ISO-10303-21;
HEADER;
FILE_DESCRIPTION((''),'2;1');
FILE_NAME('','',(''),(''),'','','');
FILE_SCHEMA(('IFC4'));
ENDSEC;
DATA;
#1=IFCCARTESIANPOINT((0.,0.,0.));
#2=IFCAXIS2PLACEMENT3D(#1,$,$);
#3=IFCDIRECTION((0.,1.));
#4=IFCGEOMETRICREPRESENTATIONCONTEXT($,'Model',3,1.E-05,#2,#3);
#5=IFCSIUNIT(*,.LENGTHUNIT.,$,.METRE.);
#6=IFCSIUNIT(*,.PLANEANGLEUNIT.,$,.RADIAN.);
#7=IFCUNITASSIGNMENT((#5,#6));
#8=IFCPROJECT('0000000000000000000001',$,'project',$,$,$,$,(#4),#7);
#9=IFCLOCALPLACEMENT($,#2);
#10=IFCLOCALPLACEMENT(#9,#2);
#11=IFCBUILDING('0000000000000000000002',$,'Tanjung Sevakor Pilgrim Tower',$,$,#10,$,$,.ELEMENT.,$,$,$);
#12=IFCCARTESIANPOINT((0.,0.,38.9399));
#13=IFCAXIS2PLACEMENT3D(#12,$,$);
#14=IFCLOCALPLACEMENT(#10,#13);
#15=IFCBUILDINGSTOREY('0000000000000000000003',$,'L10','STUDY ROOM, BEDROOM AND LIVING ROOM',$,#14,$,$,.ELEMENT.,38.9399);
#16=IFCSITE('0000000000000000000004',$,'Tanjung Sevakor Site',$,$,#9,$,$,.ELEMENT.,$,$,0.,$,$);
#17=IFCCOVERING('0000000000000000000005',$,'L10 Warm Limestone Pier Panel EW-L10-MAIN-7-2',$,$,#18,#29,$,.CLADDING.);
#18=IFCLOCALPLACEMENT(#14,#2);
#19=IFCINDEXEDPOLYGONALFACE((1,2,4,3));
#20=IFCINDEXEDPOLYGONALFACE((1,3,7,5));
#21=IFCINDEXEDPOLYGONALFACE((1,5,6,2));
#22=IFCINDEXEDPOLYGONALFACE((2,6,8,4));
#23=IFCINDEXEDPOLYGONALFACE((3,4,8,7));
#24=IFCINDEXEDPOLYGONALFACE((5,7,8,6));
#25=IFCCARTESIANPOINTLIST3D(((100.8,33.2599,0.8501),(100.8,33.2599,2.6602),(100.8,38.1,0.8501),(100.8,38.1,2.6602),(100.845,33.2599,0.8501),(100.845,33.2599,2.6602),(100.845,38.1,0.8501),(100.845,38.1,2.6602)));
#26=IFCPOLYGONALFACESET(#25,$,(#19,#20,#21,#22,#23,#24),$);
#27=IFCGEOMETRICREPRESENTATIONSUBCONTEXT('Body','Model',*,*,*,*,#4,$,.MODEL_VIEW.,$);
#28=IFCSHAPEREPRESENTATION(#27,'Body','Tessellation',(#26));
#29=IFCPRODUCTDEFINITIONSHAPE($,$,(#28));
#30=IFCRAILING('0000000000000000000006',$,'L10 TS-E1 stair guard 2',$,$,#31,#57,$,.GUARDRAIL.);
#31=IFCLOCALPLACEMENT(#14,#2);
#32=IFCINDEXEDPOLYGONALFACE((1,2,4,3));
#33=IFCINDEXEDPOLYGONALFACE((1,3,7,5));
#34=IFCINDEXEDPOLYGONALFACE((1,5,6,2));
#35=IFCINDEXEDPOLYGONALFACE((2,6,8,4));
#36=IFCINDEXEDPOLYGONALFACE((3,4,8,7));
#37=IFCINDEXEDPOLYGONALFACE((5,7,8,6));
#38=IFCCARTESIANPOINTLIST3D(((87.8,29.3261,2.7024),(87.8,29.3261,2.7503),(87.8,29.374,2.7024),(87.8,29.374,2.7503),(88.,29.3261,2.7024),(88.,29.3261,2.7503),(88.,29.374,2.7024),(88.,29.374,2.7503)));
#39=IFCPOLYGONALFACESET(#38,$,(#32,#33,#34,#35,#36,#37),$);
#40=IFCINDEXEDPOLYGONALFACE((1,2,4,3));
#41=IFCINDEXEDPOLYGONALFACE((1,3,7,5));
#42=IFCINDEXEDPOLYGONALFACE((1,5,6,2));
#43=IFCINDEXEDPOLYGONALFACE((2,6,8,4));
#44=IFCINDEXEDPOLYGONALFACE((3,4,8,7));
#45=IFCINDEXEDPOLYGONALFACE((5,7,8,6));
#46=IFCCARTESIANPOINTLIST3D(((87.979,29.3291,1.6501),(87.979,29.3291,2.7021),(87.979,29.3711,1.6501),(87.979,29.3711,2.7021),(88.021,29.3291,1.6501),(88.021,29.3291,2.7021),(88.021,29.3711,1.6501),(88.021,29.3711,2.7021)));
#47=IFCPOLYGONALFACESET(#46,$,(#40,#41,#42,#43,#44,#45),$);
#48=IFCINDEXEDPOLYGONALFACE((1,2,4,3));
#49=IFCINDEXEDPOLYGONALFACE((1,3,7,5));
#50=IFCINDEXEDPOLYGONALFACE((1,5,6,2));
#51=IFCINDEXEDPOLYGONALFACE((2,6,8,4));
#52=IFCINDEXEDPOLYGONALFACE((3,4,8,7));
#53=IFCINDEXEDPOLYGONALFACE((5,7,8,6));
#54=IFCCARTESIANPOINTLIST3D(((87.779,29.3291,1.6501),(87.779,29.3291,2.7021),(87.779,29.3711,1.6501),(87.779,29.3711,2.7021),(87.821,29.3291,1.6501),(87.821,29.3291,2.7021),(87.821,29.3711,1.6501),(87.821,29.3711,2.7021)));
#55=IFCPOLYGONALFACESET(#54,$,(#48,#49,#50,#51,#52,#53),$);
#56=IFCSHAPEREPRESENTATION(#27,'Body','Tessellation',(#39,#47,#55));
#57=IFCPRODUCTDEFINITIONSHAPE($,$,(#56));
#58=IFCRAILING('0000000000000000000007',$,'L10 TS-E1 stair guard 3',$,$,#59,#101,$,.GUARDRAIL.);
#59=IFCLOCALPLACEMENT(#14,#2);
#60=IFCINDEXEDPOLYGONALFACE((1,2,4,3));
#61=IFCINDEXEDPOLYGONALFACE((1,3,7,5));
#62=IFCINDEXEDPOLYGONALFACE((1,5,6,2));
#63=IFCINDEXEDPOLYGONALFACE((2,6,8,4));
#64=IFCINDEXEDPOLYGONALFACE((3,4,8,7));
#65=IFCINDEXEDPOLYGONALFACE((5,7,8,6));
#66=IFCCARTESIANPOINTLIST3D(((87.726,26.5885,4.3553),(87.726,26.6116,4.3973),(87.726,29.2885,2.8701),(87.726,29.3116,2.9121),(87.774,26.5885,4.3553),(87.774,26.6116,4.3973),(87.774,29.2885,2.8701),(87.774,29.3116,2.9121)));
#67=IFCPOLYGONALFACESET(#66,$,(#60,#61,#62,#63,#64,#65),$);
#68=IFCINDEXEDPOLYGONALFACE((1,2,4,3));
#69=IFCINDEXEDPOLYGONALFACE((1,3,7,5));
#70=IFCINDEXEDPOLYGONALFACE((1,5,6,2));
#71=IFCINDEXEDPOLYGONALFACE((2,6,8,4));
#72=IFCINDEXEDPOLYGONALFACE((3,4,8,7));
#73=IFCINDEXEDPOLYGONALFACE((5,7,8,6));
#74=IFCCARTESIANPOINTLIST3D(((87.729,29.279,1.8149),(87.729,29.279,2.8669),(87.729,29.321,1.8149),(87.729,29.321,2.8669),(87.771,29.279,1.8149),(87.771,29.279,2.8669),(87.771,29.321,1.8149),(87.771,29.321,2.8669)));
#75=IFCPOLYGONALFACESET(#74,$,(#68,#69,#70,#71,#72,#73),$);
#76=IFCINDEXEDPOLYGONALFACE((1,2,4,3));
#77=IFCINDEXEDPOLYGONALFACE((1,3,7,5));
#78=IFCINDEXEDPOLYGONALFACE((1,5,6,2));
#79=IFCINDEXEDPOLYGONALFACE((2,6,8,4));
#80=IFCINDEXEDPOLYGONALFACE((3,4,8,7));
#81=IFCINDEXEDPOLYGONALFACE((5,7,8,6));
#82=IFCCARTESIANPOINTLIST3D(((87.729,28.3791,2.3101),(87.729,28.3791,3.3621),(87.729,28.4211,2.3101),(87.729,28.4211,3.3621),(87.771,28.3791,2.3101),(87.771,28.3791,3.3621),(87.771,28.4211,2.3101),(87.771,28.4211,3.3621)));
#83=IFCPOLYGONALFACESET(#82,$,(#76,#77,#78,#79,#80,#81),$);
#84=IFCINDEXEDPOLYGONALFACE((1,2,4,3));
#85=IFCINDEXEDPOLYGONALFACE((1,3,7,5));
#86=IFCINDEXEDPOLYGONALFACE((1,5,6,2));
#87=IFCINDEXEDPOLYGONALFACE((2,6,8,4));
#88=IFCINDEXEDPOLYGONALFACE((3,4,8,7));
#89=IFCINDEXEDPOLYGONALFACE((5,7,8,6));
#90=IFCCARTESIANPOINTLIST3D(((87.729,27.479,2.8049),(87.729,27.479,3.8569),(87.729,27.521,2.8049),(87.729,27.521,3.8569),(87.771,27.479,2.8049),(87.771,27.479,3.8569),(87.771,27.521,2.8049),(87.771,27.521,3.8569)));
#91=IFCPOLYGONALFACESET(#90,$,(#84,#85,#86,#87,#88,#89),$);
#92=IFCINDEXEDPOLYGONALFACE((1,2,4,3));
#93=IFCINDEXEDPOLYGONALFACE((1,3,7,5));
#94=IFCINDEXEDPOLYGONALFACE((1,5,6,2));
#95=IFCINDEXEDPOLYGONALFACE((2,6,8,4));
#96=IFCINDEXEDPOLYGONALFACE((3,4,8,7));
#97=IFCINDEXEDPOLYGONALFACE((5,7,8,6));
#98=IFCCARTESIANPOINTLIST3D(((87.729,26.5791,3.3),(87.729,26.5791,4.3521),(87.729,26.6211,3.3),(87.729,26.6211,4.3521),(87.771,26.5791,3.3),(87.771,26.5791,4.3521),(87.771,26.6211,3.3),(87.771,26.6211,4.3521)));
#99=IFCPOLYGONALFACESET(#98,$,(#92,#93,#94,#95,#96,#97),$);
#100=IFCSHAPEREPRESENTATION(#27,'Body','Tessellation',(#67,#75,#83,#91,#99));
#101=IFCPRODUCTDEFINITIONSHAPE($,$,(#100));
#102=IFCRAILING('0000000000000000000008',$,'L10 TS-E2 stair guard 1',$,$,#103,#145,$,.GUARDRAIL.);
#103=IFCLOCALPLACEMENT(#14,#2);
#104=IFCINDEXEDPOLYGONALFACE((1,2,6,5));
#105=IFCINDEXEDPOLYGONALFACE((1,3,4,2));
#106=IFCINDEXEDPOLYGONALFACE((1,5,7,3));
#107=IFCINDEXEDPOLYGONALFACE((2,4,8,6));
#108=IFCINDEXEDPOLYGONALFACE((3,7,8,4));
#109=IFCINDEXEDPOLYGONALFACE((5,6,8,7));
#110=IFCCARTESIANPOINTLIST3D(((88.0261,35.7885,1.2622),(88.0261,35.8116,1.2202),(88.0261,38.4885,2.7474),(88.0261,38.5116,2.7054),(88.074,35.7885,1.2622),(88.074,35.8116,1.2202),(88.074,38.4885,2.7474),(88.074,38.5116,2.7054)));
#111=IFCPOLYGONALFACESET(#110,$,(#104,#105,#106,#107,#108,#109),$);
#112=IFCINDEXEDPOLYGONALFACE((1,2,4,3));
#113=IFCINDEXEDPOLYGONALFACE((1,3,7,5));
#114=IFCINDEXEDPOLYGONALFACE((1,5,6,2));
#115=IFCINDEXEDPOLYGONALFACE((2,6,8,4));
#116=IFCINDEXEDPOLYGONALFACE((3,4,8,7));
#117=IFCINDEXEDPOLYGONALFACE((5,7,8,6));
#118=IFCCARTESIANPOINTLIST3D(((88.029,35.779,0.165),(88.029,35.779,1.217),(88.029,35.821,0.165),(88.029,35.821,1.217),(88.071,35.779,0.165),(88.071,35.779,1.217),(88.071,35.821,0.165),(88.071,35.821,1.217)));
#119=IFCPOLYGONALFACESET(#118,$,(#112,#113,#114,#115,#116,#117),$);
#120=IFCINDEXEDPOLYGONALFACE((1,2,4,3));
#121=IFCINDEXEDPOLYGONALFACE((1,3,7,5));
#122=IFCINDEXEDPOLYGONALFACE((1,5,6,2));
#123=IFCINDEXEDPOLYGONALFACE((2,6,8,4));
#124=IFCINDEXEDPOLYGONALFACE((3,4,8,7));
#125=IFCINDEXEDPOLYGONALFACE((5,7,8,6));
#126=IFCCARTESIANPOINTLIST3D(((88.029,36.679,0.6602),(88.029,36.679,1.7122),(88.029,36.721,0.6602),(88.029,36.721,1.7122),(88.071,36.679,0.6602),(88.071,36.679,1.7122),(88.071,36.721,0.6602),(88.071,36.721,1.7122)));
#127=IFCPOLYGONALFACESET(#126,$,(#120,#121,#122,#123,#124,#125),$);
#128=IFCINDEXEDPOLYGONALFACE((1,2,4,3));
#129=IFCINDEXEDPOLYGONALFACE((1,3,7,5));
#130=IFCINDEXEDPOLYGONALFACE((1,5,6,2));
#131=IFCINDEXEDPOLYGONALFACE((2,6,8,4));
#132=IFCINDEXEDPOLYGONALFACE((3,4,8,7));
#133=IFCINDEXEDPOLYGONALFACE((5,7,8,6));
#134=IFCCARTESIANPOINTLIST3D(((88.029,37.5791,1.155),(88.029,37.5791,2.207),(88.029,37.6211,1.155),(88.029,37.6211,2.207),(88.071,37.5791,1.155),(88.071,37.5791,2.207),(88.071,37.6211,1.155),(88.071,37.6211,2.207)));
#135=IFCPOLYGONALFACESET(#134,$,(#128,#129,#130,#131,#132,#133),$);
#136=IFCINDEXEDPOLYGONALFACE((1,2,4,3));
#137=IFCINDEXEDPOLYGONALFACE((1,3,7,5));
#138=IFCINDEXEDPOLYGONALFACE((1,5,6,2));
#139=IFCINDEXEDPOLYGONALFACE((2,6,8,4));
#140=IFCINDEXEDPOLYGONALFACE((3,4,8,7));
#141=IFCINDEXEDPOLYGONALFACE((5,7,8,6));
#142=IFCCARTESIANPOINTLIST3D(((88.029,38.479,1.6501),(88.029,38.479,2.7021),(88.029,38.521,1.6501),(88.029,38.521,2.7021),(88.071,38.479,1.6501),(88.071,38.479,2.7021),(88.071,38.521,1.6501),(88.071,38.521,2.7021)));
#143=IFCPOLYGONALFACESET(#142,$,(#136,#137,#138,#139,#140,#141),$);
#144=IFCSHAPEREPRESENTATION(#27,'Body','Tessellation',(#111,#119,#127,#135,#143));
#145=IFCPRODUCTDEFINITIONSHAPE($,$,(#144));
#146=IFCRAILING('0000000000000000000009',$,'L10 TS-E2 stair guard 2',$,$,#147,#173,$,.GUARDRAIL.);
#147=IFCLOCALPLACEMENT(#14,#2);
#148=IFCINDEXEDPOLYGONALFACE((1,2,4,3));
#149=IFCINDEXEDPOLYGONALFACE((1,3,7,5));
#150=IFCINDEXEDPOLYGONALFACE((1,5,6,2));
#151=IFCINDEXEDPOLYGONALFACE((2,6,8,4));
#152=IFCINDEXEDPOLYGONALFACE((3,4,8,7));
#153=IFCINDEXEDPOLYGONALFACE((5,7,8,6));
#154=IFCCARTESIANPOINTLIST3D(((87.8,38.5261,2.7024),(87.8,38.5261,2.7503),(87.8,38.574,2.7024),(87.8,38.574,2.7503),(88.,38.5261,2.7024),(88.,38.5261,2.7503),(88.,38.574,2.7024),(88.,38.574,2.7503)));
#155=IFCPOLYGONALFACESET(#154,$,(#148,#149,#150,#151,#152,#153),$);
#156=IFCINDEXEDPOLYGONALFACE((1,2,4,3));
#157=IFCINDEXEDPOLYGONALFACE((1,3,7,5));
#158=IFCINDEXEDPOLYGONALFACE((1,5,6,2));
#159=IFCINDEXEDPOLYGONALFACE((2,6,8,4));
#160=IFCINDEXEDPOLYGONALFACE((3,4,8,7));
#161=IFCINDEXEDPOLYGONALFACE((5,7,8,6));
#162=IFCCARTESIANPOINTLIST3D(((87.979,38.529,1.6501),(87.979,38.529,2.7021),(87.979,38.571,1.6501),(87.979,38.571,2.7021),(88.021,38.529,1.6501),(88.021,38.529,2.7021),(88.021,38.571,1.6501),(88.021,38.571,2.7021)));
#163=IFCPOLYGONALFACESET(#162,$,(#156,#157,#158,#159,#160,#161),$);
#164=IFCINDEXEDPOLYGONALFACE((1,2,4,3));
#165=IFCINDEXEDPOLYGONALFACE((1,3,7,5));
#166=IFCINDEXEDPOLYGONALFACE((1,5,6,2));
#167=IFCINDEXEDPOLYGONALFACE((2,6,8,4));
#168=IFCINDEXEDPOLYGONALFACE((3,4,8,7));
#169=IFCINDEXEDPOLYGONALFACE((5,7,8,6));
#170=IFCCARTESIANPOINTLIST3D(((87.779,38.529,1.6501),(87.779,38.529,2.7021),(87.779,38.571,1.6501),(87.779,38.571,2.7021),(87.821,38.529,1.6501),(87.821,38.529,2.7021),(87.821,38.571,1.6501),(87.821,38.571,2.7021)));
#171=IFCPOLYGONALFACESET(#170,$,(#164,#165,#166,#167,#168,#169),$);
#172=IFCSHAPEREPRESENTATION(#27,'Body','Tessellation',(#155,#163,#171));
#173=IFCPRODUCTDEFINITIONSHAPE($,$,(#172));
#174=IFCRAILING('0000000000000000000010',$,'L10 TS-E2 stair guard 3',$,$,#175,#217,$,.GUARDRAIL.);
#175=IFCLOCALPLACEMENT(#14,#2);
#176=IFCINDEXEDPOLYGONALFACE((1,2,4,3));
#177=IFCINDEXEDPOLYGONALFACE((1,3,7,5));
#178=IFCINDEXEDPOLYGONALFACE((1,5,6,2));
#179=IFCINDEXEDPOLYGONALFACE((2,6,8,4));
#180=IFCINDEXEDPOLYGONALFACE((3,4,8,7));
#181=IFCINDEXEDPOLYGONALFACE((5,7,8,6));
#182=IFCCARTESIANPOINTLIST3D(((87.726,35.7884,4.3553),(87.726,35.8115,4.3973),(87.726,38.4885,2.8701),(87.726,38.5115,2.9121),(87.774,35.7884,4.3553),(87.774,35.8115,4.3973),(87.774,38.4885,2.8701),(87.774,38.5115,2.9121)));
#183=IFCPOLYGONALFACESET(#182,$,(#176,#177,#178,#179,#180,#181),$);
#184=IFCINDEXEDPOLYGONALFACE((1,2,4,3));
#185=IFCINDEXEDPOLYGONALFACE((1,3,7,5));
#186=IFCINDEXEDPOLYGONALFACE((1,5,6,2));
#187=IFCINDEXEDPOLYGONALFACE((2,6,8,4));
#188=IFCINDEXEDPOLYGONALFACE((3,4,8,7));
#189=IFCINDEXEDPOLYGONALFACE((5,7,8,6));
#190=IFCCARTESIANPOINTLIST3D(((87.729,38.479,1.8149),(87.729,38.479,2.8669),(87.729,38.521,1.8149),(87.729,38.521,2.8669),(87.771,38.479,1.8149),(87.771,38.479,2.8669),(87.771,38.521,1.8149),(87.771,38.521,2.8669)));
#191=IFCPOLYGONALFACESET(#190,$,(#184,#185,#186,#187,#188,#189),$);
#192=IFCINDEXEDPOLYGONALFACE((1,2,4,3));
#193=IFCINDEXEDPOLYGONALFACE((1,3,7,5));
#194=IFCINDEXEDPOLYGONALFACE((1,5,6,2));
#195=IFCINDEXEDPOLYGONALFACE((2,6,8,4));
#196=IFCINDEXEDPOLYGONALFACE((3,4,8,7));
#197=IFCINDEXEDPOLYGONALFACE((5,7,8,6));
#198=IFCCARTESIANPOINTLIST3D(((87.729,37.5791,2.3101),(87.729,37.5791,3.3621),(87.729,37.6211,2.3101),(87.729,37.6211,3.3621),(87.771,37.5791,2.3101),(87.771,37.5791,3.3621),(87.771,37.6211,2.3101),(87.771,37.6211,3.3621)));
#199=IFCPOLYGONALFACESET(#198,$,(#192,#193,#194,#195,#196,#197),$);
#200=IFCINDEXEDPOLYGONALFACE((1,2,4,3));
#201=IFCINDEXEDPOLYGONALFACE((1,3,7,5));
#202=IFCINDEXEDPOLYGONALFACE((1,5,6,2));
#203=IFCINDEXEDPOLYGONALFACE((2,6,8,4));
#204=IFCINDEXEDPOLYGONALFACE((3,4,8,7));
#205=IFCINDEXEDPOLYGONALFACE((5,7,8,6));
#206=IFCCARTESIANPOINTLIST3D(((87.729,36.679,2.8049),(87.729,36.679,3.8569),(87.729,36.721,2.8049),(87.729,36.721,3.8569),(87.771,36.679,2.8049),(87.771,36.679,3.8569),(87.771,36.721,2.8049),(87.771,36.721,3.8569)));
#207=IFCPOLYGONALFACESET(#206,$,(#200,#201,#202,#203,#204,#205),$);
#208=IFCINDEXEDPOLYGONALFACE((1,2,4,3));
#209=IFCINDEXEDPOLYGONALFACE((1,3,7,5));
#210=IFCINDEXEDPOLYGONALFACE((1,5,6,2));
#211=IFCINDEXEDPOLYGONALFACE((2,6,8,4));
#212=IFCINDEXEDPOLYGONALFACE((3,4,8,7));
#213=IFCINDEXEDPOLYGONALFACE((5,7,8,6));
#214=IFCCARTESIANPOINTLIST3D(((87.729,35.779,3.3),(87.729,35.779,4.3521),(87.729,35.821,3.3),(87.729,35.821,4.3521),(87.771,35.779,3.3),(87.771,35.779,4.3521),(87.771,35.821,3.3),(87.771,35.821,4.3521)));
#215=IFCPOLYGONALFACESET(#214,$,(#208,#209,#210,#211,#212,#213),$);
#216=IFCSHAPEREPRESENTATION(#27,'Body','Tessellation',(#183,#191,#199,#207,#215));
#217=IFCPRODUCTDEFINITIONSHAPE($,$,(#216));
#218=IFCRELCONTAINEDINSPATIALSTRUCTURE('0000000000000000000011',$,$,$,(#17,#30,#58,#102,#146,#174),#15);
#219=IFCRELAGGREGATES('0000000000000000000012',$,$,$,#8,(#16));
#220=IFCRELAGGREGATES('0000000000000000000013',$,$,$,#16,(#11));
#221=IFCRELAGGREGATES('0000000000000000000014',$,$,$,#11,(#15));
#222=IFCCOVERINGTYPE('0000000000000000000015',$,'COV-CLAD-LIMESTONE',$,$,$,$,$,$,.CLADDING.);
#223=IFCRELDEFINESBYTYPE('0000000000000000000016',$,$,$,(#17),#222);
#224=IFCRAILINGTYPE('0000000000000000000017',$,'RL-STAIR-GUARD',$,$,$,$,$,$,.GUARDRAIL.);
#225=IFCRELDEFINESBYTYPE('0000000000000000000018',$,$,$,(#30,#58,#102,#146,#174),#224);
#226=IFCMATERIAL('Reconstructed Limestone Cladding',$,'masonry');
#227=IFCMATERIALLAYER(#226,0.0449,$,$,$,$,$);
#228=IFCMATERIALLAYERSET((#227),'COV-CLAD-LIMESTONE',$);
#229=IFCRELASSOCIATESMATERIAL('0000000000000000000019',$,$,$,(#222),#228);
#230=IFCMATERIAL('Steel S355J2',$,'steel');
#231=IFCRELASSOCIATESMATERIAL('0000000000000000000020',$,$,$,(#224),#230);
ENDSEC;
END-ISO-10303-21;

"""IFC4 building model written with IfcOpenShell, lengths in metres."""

from ifc_helpers import new_model, si_unit, direction, frame, origin, origin_2d, place, context, subcontext, project, spatial, rectangle, extrude, material, layer, layer_set, type_object, element, save


model = new_model("IFC4")

# Units and contexts
model_context = context("Model", 3, precision=1e-05, world=origin(), true_north=direction((0.0, 1.0)))
body_context = subcontext(model_context, "Body", "Model", "MODEL_VIEW")
ifc_project = project(units=[si_unit("LENGTHUNIT", "METRE"), si_unit("PLANEANGLEUNIT", "RADIAN")], contexts=[model_context])

# Site, building, storey
site_placement = place(None, origin())
site = spatial("IfcSite", under=ifc_project, at=site_placement, Name="Tanjung Sevakor Site", CompositionType="ELEMENT", RefElevation=0.0)
building_placement = place(site_placement, origin())
building = spatial("IfcBuilding", under=site, at=building_placement, Name="Tanjung Sevakor Pilgrim Tower", CompositionType="ELEMENT")
storey_placement = place(building_placement, frame((0.0, 0.0, 38.9399)))
storey = spatial("IfcBuildingStorey", under=building, at=storey_placement, Name="L10", Description="STUDY ROOM, BEDROOM AND LIVING ROOM", CompositionType="ELEMENT", Elevation=38.9399)

# Covering
ifc_material_1 = material(Name="Reconstructed Limestone Cladding", Category="masonry")
ifc_layer_1 = layer(ifc_material_1, 0.0449)
ifc_layer_set_1 = layer_set([ifc_layer_1], Name="COV-CLAD-LIMESTONE")
covering_type = type_object("IfcCoveringType", Name="COV-CLAD-LIMESTONE", PredefinedType="CLADDING", material=ifc_layer_set_1)
covering_1_placement = place(storey_placement, frame((100.8225, 35.6799, 0.8501), z_axis=(0.0, 0.0, 1.0), x_axis=(0.0, 1.0, 0.0)))
element("IfcCovering", 1, at=covering_1_placement, inside=storey, type_object=covering_type, Name="L10 Warm Limestone Pier Panel EW-L10-MAIN-7-2", PredefinedType="CLADDING", context=body_context, shape_type="SweptSolid", body=[
    extrude(rectangle(XDim=4.8401, YDim=0.0449, at=origin_2d()), origin(), (0.0, 0.0, 1.0), 1.8101),
])

# Railings
ifc_material_2 = material(Name="Steel S355J2", Category="steel")
railing_type_1 = type_object("IfcRailingType", Name="RL-STAIR-GUARD", PredefinedType="GUARDRAIL", material=ifc_material_2)
railing_1_placement = place(storey_placement, frame((88.0, 29.3501, 1.6501)))
element("IfcRailing", 2, at=railing_1_placement, inside=storey, type_object=railing_type_1, Name="L10 TS-E1 stair guard 2", PredefinedType="GUARDRAIL", context=body_context, shape_type="SweptSolid", body=[
    extrude(rectangle(XDim=0.0479, YDim=0.0479), frame((0.0, 0.0, 1.0762), z_axis=(-1.0, 0.0, 0.0), x_axis=(0.0, -1.0, 0.0)), (0.0, 0.0, 1.0), 0.2),
    extrude(rectangle(XDim=0.042, YDim=0.042), origin(), (0.0, 0.0, 1.0), 1.052),
    extrude(rectangle(XDim=0.042, YDim=0.042), frame((-0.2, 0.0, 0.0)), (0.0, 0.0, 1.0), 1.052),
])
railing_2_placement = place(storey_placement, frame((87.75, 29.3, 1.8149)))
element("IfcRailing", 3, at=railing_2_placement, inside=storey, type_object=railing_type_1, Name="L10 TS-E1 stair guard 3", PredefinedType="GUARDRAIL", context=body_context, shape_type="SweptSolid", body=[
    extrude(rectangle(XDim=0.0479, YDim=0.0479), frame((0.0, 0.0, 1.0762), z_axis=(0.0, -0.876198, 0.481952), x_axis=(1.0, 0.0, 0.0)), (0.0, 0.0, 1.0), 3.0815),
    extrude(rectangle(XDim=0.042, YDim=0.042), origin(), (0.0, 0.0, 1.0), 1.052),
    extrude(rectangle(XDim=0.042, YDim=0.042), frame((0.0, -0.8999, 0.4951)), (0.0, 0.0, 1.0), 1.052),
    extrude(rectangle(XDim=0.042, YDim=0.042), frame((0.0, -1.8, 0.99)), (0.0, 0.0, 1.0), 1.052),
    extrude(rectangle(XDim=0.042, YDim=0.042), frame((0.0, -2.7, 1.4851)), (0.0, 0.0, 1.0), 1.052),
])
railing_3_placement = place(storey_placement, frame((88.05, 35.8, 0.165)))
element("IfcRailing", 4, at=railing_3_placement, inside=storey, type_object=railing_type_1, Name="L10 TS-E2 stair guard 1", PredefinedType="GUARDRAIL", context=body_context, shape_type="SweptSolid", body=[
    extrude(rectangle(XDim=0.0479, YDim=0.0479), frame((0.0, 0.0, 1.0762), z_axis=(0.0, 0.876198, 0.481952), x_axis=(-1.0, 0.0, 0.0)), (0.0, 0.0, 1.0), 3.0815),
    extrude(rectangle(XDim=0.042, YDim=0.042), origin(), (0.0, 0.0, 1.0), 1.052),
    extrude(rectangle(XDim=0.042, YDim=0.042), frame((0.0, 0.8999, 0.4951)), (0.0, 0.0, 1.0), 1.052),
    extrude(rectangle(XDim=0.042, YDim=0.042), frame((0.0, 1.8, 0.99)), (0.0, 0.0, 1.0), 1.052),
    extrude(rectangle(XDim=0.042, YDim=0.042), frame((0.0, 2.7, 1.4851)), (0.0, 0.0, 1.0), 1.052),
])
railing_4_placement = place(storey_placement, frame((88.0, 38.55, 1.6501)))
element("IfcRailing", 5, at=railing_4_placement, inside=storey, type_object=railing_type_1, Name="L10 TS-E2 stair guard 2", PredefinedType="GUARDRAIL", context=body_context, shape_type="SweptSolid", body=[
    extrude(rectangle(XDim=0.0479, YDim=0.0479), frame((0.0, 0.0, 1.0762), z_axis=(-1.0, 0.0, 0.0), x_axis=(0.0, -1.0, 0.0)), (0.0, 0.0, 1.0), 0.2),
    extrude(rectangle(XDim=0.042, YDim=0.042), origin(), (0.0, 0.0, 1.0), 1.052),
    extrude(rectangle(XDim=0.042, YDim=0.042), frame((-0.2, 0.0, 0.0)), (0.0, 0.0, 1.0), 1.052),
])
railing_5_placement = place(storey_placement, frame((87.75, 38.5, 1.8149)))
element("IfcRailing", 6, at=railing_5_placement, inside=storey, type_object=railing_type_1, Name="L10 TS-E2 stair guard 3", PredefinedType="GUARDRAIL", context=body_context, shape_type="SweptSolid", body=[
    extrude(rectangle(XDim=0.0479, YDim=0.0479), frame((0.0, 0.0, 1.0762), z_axis=(0.0, -0.876198, 0.481952), x_axis=(1.0, 0.0, 0.0)), (0.0, 0.0, 1.0), 3.0815),
    extrude(rectangle(XDim=0.042, YDim=0.042), origin(), (0.0, 0.0, 1.0), 1.052),
    extrude(rectangle(XDim=0.042, YDim=0.042), frame((0.0, -0.8999, 0.4951)), (0.0, 0.0, 1.0), 1.052),
    extrude(rectangle(XDim=0.042, YDim=0.042), frame((0.0, -1.8, 0.99)), (0.0, 0.0, 1.0), 1.052),
    extrude(rectangle(XDim=0.042, YDim=0.042), frame((0.0, -2.7, 1.4851)), (0.0, 0.0, 1.0), 1.052),
])

save(model, "model.ifc")
